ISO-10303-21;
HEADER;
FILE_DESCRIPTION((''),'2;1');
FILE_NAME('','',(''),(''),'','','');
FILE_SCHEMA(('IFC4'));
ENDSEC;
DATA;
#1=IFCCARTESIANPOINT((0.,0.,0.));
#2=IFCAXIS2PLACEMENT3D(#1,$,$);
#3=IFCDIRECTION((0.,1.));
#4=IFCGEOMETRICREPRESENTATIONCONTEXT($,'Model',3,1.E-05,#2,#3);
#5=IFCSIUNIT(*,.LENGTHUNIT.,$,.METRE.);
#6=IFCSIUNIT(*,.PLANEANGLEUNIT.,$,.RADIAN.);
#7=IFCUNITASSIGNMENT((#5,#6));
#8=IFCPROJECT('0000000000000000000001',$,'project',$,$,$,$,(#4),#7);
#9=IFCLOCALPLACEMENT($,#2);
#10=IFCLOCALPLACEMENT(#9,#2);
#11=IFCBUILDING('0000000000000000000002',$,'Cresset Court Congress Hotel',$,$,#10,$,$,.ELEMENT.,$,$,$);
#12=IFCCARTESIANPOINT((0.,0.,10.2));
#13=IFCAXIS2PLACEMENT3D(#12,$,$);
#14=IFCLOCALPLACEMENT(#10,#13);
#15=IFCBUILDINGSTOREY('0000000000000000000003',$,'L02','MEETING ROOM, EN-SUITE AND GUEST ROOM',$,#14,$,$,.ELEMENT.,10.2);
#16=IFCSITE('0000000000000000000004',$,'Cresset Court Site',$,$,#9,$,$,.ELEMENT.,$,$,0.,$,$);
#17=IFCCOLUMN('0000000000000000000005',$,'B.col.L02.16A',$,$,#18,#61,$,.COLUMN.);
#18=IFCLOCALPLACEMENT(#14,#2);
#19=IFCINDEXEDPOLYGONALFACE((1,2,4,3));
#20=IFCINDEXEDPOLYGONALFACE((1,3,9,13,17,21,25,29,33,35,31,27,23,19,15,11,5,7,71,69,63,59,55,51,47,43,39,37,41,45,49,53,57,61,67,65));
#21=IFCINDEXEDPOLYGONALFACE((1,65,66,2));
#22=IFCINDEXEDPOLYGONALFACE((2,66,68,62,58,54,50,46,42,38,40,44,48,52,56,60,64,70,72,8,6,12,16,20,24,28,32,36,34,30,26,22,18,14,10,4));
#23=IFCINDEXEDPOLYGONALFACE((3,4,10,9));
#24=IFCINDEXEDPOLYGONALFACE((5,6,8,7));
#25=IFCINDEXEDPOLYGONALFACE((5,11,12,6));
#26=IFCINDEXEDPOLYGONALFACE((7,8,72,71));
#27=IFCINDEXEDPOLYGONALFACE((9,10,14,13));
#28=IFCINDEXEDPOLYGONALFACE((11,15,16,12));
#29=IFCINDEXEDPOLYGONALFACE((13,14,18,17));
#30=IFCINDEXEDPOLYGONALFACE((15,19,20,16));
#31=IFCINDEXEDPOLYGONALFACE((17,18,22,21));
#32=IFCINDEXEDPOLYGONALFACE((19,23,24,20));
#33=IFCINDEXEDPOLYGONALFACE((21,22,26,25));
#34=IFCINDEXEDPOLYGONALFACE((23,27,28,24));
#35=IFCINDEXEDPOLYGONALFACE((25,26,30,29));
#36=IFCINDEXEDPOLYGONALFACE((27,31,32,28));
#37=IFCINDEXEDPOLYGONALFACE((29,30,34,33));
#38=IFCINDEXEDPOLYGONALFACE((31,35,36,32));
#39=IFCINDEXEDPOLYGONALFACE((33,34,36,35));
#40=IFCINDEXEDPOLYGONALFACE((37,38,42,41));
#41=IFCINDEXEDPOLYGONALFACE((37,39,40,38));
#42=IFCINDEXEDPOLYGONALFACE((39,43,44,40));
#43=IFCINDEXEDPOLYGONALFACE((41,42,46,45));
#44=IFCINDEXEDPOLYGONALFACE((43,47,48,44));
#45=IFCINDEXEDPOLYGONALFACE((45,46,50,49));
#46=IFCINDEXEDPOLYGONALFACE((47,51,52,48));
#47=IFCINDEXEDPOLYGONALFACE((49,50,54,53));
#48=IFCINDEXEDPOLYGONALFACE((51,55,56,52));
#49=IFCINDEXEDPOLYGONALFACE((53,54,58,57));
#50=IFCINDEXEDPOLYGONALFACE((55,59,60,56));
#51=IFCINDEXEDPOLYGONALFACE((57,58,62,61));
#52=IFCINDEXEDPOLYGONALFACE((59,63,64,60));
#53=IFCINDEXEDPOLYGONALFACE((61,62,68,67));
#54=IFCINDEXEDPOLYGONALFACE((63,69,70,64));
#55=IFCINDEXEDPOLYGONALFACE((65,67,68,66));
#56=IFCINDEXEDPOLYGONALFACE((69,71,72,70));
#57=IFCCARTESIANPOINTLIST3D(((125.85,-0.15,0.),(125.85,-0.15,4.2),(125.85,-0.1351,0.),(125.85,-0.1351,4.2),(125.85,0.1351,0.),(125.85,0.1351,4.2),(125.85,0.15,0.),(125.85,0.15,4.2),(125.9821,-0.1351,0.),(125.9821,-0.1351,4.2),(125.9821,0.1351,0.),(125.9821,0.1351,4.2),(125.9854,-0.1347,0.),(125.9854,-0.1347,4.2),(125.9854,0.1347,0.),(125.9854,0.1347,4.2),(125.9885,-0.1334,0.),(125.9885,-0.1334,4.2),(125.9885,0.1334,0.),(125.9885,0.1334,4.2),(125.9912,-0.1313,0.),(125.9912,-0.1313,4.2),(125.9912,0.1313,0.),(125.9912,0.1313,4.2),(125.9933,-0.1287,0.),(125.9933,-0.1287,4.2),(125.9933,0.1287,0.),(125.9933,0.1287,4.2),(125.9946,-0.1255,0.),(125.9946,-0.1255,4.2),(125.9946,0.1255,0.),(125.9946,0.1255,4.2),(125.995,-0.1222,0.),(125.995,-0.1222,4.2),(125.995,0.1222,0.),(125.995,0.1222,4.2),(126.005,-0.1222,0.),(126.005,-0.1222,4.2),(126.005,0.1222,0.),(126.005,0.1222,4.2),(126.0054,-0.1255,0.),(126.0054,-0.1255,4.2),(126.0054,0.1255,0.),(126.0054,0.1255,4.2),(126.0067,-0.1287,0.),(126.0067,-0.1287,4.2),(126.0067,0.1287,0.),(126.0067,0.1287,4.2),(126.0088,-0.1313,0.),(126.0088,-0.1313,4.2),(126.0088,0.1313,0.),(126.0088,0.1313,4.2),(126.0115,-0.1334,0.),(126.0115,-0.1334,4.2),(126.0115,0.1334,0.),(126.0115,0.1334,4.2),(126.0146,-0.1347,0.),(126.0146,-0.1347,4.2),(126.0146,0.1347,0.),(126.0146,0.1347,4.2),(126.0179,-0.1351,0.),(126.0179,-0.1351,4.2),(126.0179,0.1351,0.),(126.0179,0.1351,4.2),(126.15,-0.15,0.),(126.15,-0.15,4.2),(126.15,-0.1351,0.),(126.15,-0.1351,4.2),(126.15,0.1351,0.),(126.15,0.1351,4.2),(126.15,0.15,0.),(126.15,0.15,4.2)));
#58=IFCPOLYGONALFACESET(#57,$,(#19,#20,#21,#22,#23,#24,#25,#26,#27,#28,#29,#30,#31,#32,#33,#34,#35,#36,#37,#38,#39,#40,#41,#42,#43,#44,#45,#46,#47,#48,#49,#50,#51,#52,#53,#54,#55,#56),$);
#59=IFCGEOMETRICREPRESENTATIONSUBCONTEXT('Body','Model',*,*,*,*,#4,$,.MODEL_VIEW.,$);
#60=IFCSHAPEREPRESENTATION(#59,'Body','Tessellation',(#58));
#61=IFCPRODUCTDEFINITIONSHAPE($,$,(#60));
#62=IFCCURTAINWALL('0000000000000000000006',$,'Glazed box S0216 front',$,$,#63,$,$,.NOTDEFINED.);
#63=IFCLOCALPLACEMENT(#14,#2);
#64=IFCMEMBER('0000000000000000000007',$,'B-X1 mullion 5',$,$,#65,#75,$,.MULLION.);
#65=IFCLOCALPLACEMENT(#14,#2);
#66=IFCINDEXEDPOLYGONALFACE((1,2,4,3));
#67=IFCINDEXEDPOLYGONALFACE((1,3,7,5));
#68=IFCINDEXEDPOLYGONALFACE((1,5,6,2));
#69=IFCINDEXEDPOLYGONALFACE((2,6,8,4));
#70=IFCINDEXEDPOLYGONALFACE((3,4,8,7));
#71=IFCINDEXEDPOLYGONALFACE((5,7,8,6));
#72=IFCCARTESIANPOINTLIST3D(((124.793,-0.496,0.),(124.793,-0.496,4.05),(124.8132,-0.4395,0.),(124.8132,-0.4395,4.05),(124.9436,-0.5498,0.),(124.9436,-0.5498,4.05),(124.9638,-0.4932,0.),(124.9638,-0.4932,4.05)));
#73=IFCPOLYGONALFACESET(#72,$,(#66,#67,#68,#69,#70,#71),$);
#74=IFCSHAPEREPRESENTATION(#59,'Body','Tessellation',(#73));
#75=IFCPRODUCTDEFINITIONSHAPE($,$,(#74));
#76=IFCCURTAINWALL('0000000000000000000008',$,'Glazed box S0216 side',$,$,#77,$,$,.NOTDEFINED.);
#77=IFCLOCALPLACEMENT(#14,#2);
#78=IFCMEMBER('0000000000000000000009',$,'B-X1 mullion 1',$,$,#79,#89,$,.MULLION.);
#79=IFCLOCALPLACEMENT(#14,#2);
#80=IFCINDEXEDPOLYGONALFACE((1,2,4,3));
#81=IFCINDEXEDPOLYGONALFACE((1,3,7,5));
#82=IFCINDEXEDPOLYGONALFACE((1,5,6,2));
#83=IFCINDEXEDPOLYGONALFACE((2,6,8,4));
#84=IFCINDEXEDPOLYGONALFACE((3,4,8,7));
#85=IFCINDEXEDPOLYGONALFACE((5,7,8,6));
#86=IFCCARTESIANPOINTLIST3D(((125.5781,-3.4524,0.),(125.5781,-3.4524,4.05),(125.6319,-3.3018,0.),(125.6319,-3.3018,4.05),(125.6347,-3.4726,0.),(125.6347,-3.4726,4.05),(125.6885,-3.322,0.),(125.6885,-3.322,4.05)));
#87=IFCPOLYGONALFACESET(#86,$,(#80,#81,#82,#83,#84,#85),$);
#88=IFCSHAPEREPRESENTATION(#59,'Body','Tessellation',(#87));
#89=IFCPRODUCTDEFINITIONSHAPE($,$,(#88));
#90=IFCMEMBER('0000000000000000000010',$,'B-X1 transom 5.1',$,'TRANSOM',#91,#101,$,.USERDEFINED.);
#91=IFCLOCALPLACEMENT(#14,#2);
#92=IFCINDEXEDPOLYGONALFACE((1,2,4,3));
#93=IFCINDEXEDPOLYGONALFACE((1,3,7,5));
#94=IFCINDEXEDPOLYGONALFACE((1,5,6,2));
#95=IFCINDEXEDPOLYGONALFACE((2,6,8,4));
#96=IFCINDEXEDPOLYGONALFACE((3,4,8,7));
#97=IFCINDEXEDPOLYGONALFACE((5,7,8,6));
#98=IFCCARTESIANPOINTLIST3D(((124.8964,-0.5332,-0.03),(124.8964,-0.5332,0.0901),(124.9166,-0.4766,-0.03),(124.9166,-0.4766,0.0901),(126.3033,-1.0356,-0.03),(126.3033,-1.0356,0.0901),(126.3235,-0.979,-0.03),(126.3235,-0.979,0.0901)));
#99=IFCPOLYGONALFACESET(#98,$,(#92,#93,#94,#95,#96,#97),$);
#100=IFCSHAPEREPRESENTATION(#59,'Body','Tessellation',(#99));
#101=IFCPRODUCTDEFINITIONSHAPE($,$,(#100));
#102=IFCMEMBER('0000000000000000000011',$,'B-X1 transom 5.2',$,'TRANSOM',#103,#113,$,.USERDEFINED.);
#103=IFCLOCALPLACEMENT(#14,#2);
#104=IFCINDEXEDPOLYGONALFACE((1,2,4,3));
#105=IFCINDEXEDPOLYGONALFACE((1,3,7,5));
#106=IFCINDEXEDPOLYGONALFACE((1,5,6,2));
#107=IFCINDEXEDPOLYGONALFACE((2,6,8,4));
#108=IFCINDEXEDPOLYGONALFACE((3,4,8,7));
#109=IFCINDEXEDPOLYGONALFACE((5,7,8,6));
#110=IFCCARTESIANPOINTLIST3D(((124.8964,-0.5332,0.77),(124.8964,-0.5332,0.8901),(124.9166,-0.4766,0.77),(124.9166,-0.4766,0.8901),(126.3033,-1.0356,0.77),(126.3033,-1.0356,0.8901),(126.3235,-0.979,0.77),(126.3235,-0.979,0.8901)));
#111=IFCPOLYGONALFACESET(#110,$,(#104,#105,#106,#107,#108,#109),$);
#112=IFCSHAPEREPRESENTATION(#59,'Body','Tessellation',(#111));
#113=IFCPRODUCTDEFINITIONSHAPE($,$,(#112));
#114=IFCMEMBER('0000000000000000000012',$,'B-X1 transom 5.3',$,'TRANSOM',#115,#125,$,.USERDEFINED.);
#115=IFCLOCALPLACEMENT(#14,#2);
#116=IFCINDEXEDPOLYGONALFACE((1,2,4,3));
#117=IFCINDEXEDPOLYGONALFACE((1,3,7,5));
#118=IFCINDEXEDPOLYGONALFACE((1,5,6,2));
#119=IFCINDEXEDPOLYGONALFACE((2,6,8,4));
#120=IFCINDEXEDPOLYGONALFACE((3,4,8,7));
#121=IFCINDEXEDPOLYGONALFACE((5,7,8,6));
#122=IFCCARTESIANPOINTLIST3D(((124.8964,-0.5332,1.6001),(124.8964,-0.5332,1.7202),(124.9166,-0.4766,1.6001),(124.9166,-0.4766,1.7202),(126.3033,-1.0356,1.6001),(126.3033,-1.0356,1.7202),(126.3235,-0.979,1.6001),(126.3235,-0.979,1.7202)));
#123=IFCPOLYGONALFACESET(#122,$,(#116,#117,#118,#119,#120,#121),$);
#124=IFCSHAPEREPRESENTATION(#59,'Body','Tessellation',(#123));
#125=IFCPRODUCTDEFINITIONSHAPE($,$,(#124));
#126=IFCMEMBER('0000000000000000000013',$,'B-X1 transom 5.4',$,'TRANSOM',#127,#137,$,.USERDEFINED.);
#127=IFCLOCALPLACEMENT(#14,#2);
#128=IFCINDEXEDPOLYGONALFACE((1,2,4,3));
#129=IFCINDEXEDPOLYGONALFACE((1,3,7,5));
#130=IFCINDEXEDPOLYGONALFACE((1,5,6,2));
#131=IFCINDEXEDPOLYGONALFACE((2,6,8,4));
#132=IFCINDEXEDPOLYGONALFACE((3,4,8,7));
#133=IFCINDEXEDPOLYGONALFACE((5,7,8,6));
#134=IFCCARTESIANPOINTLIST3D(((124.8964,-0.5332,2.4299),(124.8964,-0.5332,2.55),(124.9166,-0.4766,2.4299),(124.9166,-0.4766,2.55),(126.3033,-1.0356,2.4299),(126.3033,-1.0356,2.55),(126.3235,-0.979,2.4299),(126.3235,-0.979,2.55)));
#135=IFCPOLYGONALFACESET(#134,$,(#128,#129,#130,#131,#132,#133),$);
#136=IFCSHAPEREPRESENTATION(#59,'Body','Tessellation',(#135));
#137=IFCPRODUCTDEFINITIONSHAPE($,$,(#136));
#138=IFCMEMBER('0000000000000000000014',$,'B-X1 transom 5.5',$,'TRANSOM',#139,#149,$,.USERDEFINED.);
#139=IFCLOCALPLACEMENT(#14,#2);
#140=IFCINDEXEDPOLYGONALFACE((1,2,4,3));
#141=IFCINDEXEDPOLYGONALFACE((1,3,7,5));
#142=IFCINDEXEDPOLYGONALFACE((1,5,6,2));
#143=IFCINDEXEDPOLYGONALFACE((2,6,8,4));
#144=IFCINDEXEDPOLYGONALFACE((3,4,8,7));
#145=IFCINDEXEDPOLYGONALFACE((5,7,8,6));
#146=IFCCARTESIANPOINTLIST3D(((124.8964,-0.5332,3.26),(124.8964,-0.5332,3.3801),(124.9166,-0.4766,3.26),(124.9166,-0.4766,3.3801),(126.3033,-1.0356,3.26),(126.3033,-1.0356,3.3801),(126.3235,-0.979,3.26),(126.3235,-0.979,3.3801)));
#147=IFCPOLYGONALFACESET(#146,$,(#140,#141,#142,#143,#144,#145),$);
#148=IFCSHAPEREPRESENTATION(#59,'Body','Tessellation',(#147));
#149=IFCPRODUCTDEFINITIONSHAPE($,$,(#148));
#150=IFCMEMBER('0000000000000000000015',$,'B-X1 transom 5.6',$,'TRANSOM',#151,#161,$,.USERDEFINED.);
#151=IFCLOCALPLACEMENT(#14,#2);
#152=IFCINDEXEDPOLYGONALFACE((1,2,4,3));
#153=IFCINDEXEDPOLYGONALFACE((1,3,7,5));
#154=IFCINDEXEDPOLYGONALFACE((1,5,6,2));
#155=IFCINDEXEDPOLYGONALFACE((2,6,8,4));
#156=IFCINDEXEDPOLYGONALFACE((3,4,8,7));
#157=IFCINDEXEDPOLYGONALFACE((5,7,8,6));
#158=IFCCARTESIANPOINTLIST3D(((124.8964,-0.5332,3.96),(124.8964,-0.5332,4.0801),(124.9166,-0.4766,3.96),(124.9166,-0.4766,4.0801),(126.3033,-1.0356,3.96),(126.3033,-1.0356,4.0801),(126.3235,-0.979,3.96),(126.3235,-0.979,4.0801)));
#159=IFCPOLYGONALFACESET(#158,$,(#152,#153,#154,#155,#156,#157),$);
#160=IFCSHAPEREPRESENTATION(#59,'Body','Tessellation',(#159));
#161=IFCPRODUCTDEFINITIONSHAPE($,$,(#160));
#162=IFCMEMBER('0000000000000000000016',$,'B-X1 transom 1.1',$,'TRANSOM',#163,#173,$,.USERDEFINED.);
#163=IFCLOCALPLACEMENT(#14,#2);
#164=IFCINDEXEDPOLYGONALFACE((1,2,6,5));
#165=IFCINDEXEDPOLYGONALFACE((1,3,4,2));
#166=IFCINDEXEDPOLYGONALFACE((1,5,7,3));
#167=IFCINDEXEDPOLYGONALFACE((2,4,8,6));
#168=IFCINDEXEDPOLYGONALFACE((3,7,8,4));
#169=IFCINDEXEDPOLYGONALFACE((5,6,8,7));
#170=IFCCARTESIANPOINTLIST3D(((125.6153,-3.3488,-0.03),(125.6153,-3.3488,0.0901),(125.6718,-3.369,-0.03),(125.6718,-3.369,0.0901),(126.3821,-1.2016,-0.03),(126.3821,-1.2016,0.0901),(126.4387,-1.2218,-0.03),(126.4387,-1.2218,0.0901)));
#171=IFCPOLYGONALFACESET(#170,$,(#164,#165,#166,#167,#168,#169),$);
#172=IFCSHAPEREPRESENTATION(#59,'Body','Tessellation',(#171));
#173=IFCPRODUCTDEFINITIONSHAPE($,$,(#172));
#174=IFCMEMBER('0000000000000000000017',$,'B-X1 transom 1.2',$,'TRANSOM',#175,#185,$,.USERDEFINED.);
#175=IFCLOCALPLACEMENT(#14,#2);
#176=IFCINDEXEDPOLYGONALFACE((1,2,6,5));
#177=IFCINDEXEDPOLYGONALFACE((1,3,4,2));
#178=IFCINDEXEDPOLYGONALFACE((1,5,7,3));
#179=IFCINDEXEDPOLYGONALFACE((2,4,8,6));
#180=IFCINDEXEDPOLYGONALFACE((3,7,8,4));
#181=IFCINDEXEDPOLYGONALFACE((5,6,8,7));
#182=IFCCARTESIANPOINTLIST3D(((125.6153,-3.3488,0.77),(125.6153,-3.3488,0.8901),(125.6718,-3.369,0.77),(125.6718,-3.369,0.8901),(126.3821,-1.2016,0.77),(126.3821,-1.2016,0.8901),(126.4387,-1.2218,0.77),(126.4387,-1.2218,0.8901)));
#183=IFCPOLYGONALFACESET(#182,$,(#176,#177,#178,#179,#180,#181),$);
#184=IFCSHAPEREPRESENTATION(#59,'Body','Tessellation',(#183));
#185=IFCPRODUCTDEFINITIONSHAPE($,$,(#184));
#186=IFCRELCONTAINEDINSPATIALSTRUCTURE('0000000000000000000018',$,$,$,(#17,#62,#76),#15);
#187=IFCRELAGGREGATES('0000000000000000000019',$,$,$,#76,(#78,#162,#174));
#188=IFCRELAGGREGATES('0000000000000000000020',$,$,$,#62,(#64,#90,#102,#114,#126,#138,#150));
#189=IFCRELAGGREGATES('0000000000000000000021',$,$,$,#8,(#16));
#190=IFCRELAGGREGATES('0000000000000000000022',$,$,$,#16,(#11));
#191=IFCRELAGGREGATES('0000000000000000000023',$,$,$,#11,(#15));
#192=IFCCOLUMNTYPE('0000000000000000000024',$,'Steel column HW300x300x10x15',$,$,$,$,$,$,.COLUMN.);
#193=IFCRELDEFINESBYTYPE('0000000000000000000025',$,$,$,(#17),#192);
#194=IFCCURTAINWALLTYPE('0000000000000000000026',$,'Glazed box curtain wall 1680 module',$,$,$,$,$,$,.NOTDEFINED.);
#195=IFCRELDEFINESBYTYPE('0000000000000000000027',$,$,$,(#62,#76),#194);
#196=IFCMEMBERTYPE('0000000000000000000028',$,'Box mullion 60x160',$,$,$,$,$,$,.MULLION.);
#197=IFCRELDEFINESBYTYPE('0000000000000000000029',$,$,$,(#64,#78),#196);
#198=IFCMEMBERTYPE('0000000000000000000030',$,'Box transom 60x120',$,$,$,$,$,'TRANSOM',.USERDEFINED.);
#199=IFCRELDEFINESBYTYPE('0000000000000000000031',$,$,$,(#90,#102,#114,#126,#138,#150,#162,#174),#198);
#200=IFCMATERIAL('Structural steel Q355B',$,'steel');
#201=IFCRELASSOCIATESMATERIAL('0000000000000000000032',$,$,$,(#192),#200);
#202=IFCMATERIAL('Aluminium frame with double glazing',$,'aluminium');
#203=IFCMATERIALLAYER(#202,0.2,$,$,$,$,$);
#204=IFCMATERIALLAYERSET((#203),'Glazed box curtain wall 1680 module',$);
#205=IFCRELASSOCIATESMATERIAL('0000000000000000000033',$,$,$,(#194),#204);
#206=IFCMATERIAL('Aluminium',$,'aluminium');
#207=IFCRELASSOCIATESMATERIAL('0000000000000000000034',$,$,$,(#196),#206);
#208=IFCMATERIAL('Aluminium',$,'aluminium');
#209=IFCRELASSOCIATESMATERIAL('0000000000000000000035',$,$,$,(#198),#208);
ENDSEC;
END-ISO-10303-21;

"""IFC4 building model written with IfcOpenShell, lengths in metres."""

from ifc_helpers import new_model, si_unit, direction, frame, origin, origin_2d, place, context, subcontext, project, spatial, rectangle, i_section, extrude, material, layer, layer_set, material_profile, profile_set, type_object, element, aggregate, save


model = new_model("IFC4")

# Units and contexts
model_context = context("Model", 3, precision=1e-05, world=origin(), true_north=direction((0.0, 1.0)))
body_context = subcontext(model_context, "Body", "Model", "MODEL_VIEW")
ifc_project = project(units=[si_unit("LENGTHUNIT", "METRE"), si_unit("PLANEANGLEUNIT", "RADIAN")], contexts=[model_context])

# Site, building, storey
site_placement = place(None, origin())
site = spatial("IfcSite", under=ifc_project, at=site_placement, Name="Cresset Court Site", CompositionType="ELEMENT", RefElevation=0.0)
building_placement = place(site_placement, origin())
building = spatial("IfcBuilding", under=site, at=building_placement, Name="Cresset Court Congress Hotel", CompositionType="ELEMENT")
storey_placement = place(building_placement, frame((0.0, 0.0, 10.2)))
storey = spatial("IfcBuildingStorey", under=building, at=storey_placement, Name="L02", Description="MEETING ROOM, EN-SUITE AND GUEST ROOM", CompositionType="ELEMENT", Elevation=10.2)

# Column
ifc_material_1 = material(Name="Structural steel Q355B", Category="steel")
ifc_material_profile_1 = material_profile(ifc_material_1, i_section(OverallWidth=0.3, OverallDepth=0.3, WebThickness=0.01, FlangeThickness=0.0149, FilletRadius=0.0129, at=origin_2d()), Name="HW300x300x10x15")
ifc_profile_set_1 = profile_set([ifc_material_profile_1], Name="Structural steel Q355B")
column_type = type_object("IfcColumnType", Name="Steel column HW300x300x10x15", PredefinedType="COLUMN", material=ifc_profile_set_1)
column_placement = place(storey_placement, frame((126.0, 0.0, 0.0), z_axis=(0.0, 0.0, 1.0), x_axis=(1.0, 0.0, 0.0)))
element("IfcColumn", 1, at=column_placement, inside=storey, type_object=column_type, Name="B.col.L02.16A", PredefinedType="COLUMN", context=body_context, shape_type="SweptSolid", body=[
    extrude(i_section(OverallWidth=0.3, OverallDepth=0.3, WebThickness=0.01, FlangeThickness=0.0149, FilletRadius=0.0129, at=origin_2d()), origin(), (0.0, 0.0, 1.0), 4.2),
])

# Curtain walls, members
ifc_material_2 = material(Name="Aluminium frame with double glazing", Category="aluminium")
ifc_layer_1 = layer(ifc_material_2, 0.2)
ifc_layer_set_1 = layer_set([ifc_layer_1], Name="Glazed box curtain wall 1680 module")
curtain_wall_type = type_object("IfcCurtainWallType", Name="Glazed box curtain wall 1680 module", PredefinedType="NOTDEFINED", material=ifc_layer_set_1)
curtain_wall_1_placement = place(storey_placement, origin())
curtain_wall_1 = element("IfcCurtainWall", 2, at=curtain_wall_1_placement, inside=storey, type_object=curtain_wall_type, Name="Glazed box S0216 front", PredefinedType="NOTDEFINED")
ifc_material_3 = material(Name="Aluminium", Category="aluminium")
ifc_material_profile_2 = material_profile(ifc_material_3, rectangle(XDim=0.0601, YDim=0.1599, at=origin_2d()), Name="Box mullion 60x160")
ifc_profile_set_2 = profile_set([ifc_material_profile_2], Name="Aluminium")
member_type_1 = type_object("IfcMemberType", Name="Box mullion 60x160", PredefinedType="MULLION", material=ifc_profile_set_2)
member_1_placement = place(storey_placement, frame((124.8784, -0.4946, 0.0), z_axis=(0.0, 0.0, 1.0), x_axis=(0.336336, 0.941742, 0.0)))
member_1 = element("IfcMember", 3, at=member_1_placement, type_object=member_type_1, Name="B-X1 mullion 5", PredefinedType="MULLION", context=body_context, shape_type="SweptSolid", body=[
    extrude(rectangle(XDim=0.0601, YDim=0.1599, at=origin_2d()), origin(), (0.0, 0.0, 1.0), 4.05),
])
curtain_wall_2_placement = place(storey_placement, origin())
curtain_wall_2 = element("IfcCurtainWall", 4, at=curtain_wall_2_placement, inside=storey, type_object=curtain_wall_type, Name="Glazed box S0216 side", PredefinedType="NOTDEFINED")
member_2_placement = place(storey_placement, frame((125.6333, -3.3872, 0.0), z_axis=(0.0, 0.0, 1.0), x_axis=(-0.941742, 0.336336, 0.0)))
member_2 = element("IfcMember", 5, at=member_2_placement, type_object=member_type_1, Name="B-X1 mullion 1", PredefinedType="MULLION", context=body_context, shape_type="SweptSolid", body=[
    extrude(rectangle(XDim=0.0601, YDim=0.1599, at=origin_2d()), origin(), (0.0, 0.0, 1.0), 4.05),
])

# Members
ifc_material_4 = material(Name="Aluminium", Category="aluminium")
ifc_material_profile_3 = material_profile(ifc_material_4, rectangle(XDim=0.0601, YDim=0.1201, at=origin_2d()), Name="Box transom 60x120")
ifc_profile_set_3 = profile_set([ifc_material_profile_3], Name="Aluminium")
member_type_2 = type_object("IfcMemberType", Name="Box transom 60x120", ElementType="TRANSOM", PredefinedType="USERDEFINED", material=ifc_profile_set_3)
member_3_placement = place(storey_placement, frame((124.9065, -0.5049, 0.03), z_axis=(0.941753, -0.336305, 0.0), x_axis=(0.336305, 0.941753, 0.0)))
member_3 = element("IfcMember", 6, at=member_3_placement, type_object=member_type_2, Name="B-X1 transom 5.1", ObjectType="TRANSOM", PredefinedType="USERDEFINED", context=body_context, shape_type="SweptSolid", body=[
    extrude(rectangle(XDim=0.0601, YDim=0.1201, at=origin_2d()), origin(), (0.0, 0.0, 1.0), 1.4939),
])
member_4_placement = place(storey_placement, frame((124.9065, -0.5049, 0.8301), z_axis=(0.941753, -0.336305, 0.0), x_axis=(0.336305, 0.941753, 0.0)))
member_4 = element("IfcMember", 7, at=member_4_placement, type_object=member_type_2, Name="B-X1 transom 5.2", ObjectType="TRANSOM", PredefinedType="USERDEFINED", context=body_context, shape_type="SweptSolid", body=[
    extrude(rectangle(XDim=0.0601, YDim=0.1201, at=origin_2d()), origin(), (0.0, 0.0, 1.0), 1.4939),
])
member_5_placement = place(storey_placement, frame((124.9065, -0.5049, 1.6602), z_axis=(0.941753, -0.336305, 0.0), x_axis=(0.336305, 0.941753, 0.0)))
member_5 = element("IfcMember", 8, at=member_5_placement, type_object=member_type_2, Name="B-X1 transom 5.3", ObjectType="TRANSOM", PredefinedType="USERDEFINED", context=body_context, shape_type="SweptSolid", body=[
    extrude(rectangle(XDim=0.0601, YDim=0.1201, at=origin_2d()), origin(), (0.0, 0.0, 1.0), 1.4939),
])
member_6_placement = place(storey_placement, frame((124.9065, -0.5049, 2.49), z_axis=(0.941753, -0.336305, 0.0), x_axis=(0.336305, 0.941753, 0.0)))
member_6 = element("IfcMember", 9, at=member_6_placement, type_object=member_type_2, Name="B-X1 transom 5.4", ObjectType="TRANSOM", PredefinedType="USERDEFINED", context=body_context, shape_type="SweptSolid", body=[
    extrude(rectangle(XDim=0.0601, YDim=0.1201, at=origin_2d()), origin(), (0.0, 0.0, 1.0), 1.4939),
])
member_7_placement = place(storey_placement, frame((124.9065, -0.5049, 3.3201), z_axis=(0.941753, -0.336305, 0.0), x_axis=(0.336305, 0.941753, 0.0)))
member_7 = element("IfcMember", 10, at=member_7_placement, type_object=member_type_2, Name="B-X1 transom 5.5", ObjectType="TRANSOM", PredefinedType="USERDEFINED", context=body_context, shape_type="SweptSolid", body=[
    extrude(rectangle(XDim=0.0601, YDim=0.1201, at=origin_2d()), origin(), (0.0, 0.0, 1.0), 1.4939),
])
member_8_placement = place(storey_placement, frame((124.9065, -0.5049, 4.02), z_axis=(0.941753, -0.336305, 0.0), x_axis=(0.336305, 0.941753, 0.0)))
member_8 = element("IfcMember", 11, at=member_8_placement, type_object=member_type_2, Name="B-X1 transom 5.6", ObjectType="TRANSOM", PredefinedType="USERDEFINED", context=body_context, shape_type="SweptSolid", body=[
    extrude(rectangle(XDim=0.0601, YDim=0.1201, at=origin_2d()), origin(), (0.0, 0.0, 1.0), 1.4939),
])
member_9_placement = place(storey_placement, frame((125.6436, -3.3589, 0.03), z_axis=(0.33633, 0.941744, 0.0), x_axis=(-0.941744, 0.33633, 0.0)))
member_9 = element("IfcMember", 12, at=member_9_placement, type_object=member_type_2, Name="B-X1 transom 1.1", ObjectType="TRANSOM", PredefinedType="USERDEFINED", context=body_context, shape_type="SweptSolid", body=[
    extrude(rectangle(XDim=0.0601, YDim=0.1201, at=origin_2d()), origin(), (0.0, 0.0, 1.0), 2.28),
])
member_10_placement = place(storey_placement, frame((125.6436, -3.3589, 0.8301), z_axis=(0.33633, 0.941744, 0.0), x_axis=(-0.941744, 0.33633, 0.0)))
member_10 = element("IfcMember", 13, at=member_10_placement, type_object=member_type_2, Name="B-X1 transom 1.2", ObjectType="TRANSOM", PredefinedType="USERDEFINED", context=body_context, shape_type="SweptSolid", body=[
    extrude(rectangle(XDim=0.0601, YDim=0.1201, at=origin_2d()), origin(), (0.0, 0.0, 1.0), 2.28),
])
aggregate(curtain_wall_2, [member_2, member_9, member_10])

aggregate(curtain_wall_1, [member_1, member_3, member_4, member_5, member_6, member_7, member_8])

save(model, "model.ifc")
